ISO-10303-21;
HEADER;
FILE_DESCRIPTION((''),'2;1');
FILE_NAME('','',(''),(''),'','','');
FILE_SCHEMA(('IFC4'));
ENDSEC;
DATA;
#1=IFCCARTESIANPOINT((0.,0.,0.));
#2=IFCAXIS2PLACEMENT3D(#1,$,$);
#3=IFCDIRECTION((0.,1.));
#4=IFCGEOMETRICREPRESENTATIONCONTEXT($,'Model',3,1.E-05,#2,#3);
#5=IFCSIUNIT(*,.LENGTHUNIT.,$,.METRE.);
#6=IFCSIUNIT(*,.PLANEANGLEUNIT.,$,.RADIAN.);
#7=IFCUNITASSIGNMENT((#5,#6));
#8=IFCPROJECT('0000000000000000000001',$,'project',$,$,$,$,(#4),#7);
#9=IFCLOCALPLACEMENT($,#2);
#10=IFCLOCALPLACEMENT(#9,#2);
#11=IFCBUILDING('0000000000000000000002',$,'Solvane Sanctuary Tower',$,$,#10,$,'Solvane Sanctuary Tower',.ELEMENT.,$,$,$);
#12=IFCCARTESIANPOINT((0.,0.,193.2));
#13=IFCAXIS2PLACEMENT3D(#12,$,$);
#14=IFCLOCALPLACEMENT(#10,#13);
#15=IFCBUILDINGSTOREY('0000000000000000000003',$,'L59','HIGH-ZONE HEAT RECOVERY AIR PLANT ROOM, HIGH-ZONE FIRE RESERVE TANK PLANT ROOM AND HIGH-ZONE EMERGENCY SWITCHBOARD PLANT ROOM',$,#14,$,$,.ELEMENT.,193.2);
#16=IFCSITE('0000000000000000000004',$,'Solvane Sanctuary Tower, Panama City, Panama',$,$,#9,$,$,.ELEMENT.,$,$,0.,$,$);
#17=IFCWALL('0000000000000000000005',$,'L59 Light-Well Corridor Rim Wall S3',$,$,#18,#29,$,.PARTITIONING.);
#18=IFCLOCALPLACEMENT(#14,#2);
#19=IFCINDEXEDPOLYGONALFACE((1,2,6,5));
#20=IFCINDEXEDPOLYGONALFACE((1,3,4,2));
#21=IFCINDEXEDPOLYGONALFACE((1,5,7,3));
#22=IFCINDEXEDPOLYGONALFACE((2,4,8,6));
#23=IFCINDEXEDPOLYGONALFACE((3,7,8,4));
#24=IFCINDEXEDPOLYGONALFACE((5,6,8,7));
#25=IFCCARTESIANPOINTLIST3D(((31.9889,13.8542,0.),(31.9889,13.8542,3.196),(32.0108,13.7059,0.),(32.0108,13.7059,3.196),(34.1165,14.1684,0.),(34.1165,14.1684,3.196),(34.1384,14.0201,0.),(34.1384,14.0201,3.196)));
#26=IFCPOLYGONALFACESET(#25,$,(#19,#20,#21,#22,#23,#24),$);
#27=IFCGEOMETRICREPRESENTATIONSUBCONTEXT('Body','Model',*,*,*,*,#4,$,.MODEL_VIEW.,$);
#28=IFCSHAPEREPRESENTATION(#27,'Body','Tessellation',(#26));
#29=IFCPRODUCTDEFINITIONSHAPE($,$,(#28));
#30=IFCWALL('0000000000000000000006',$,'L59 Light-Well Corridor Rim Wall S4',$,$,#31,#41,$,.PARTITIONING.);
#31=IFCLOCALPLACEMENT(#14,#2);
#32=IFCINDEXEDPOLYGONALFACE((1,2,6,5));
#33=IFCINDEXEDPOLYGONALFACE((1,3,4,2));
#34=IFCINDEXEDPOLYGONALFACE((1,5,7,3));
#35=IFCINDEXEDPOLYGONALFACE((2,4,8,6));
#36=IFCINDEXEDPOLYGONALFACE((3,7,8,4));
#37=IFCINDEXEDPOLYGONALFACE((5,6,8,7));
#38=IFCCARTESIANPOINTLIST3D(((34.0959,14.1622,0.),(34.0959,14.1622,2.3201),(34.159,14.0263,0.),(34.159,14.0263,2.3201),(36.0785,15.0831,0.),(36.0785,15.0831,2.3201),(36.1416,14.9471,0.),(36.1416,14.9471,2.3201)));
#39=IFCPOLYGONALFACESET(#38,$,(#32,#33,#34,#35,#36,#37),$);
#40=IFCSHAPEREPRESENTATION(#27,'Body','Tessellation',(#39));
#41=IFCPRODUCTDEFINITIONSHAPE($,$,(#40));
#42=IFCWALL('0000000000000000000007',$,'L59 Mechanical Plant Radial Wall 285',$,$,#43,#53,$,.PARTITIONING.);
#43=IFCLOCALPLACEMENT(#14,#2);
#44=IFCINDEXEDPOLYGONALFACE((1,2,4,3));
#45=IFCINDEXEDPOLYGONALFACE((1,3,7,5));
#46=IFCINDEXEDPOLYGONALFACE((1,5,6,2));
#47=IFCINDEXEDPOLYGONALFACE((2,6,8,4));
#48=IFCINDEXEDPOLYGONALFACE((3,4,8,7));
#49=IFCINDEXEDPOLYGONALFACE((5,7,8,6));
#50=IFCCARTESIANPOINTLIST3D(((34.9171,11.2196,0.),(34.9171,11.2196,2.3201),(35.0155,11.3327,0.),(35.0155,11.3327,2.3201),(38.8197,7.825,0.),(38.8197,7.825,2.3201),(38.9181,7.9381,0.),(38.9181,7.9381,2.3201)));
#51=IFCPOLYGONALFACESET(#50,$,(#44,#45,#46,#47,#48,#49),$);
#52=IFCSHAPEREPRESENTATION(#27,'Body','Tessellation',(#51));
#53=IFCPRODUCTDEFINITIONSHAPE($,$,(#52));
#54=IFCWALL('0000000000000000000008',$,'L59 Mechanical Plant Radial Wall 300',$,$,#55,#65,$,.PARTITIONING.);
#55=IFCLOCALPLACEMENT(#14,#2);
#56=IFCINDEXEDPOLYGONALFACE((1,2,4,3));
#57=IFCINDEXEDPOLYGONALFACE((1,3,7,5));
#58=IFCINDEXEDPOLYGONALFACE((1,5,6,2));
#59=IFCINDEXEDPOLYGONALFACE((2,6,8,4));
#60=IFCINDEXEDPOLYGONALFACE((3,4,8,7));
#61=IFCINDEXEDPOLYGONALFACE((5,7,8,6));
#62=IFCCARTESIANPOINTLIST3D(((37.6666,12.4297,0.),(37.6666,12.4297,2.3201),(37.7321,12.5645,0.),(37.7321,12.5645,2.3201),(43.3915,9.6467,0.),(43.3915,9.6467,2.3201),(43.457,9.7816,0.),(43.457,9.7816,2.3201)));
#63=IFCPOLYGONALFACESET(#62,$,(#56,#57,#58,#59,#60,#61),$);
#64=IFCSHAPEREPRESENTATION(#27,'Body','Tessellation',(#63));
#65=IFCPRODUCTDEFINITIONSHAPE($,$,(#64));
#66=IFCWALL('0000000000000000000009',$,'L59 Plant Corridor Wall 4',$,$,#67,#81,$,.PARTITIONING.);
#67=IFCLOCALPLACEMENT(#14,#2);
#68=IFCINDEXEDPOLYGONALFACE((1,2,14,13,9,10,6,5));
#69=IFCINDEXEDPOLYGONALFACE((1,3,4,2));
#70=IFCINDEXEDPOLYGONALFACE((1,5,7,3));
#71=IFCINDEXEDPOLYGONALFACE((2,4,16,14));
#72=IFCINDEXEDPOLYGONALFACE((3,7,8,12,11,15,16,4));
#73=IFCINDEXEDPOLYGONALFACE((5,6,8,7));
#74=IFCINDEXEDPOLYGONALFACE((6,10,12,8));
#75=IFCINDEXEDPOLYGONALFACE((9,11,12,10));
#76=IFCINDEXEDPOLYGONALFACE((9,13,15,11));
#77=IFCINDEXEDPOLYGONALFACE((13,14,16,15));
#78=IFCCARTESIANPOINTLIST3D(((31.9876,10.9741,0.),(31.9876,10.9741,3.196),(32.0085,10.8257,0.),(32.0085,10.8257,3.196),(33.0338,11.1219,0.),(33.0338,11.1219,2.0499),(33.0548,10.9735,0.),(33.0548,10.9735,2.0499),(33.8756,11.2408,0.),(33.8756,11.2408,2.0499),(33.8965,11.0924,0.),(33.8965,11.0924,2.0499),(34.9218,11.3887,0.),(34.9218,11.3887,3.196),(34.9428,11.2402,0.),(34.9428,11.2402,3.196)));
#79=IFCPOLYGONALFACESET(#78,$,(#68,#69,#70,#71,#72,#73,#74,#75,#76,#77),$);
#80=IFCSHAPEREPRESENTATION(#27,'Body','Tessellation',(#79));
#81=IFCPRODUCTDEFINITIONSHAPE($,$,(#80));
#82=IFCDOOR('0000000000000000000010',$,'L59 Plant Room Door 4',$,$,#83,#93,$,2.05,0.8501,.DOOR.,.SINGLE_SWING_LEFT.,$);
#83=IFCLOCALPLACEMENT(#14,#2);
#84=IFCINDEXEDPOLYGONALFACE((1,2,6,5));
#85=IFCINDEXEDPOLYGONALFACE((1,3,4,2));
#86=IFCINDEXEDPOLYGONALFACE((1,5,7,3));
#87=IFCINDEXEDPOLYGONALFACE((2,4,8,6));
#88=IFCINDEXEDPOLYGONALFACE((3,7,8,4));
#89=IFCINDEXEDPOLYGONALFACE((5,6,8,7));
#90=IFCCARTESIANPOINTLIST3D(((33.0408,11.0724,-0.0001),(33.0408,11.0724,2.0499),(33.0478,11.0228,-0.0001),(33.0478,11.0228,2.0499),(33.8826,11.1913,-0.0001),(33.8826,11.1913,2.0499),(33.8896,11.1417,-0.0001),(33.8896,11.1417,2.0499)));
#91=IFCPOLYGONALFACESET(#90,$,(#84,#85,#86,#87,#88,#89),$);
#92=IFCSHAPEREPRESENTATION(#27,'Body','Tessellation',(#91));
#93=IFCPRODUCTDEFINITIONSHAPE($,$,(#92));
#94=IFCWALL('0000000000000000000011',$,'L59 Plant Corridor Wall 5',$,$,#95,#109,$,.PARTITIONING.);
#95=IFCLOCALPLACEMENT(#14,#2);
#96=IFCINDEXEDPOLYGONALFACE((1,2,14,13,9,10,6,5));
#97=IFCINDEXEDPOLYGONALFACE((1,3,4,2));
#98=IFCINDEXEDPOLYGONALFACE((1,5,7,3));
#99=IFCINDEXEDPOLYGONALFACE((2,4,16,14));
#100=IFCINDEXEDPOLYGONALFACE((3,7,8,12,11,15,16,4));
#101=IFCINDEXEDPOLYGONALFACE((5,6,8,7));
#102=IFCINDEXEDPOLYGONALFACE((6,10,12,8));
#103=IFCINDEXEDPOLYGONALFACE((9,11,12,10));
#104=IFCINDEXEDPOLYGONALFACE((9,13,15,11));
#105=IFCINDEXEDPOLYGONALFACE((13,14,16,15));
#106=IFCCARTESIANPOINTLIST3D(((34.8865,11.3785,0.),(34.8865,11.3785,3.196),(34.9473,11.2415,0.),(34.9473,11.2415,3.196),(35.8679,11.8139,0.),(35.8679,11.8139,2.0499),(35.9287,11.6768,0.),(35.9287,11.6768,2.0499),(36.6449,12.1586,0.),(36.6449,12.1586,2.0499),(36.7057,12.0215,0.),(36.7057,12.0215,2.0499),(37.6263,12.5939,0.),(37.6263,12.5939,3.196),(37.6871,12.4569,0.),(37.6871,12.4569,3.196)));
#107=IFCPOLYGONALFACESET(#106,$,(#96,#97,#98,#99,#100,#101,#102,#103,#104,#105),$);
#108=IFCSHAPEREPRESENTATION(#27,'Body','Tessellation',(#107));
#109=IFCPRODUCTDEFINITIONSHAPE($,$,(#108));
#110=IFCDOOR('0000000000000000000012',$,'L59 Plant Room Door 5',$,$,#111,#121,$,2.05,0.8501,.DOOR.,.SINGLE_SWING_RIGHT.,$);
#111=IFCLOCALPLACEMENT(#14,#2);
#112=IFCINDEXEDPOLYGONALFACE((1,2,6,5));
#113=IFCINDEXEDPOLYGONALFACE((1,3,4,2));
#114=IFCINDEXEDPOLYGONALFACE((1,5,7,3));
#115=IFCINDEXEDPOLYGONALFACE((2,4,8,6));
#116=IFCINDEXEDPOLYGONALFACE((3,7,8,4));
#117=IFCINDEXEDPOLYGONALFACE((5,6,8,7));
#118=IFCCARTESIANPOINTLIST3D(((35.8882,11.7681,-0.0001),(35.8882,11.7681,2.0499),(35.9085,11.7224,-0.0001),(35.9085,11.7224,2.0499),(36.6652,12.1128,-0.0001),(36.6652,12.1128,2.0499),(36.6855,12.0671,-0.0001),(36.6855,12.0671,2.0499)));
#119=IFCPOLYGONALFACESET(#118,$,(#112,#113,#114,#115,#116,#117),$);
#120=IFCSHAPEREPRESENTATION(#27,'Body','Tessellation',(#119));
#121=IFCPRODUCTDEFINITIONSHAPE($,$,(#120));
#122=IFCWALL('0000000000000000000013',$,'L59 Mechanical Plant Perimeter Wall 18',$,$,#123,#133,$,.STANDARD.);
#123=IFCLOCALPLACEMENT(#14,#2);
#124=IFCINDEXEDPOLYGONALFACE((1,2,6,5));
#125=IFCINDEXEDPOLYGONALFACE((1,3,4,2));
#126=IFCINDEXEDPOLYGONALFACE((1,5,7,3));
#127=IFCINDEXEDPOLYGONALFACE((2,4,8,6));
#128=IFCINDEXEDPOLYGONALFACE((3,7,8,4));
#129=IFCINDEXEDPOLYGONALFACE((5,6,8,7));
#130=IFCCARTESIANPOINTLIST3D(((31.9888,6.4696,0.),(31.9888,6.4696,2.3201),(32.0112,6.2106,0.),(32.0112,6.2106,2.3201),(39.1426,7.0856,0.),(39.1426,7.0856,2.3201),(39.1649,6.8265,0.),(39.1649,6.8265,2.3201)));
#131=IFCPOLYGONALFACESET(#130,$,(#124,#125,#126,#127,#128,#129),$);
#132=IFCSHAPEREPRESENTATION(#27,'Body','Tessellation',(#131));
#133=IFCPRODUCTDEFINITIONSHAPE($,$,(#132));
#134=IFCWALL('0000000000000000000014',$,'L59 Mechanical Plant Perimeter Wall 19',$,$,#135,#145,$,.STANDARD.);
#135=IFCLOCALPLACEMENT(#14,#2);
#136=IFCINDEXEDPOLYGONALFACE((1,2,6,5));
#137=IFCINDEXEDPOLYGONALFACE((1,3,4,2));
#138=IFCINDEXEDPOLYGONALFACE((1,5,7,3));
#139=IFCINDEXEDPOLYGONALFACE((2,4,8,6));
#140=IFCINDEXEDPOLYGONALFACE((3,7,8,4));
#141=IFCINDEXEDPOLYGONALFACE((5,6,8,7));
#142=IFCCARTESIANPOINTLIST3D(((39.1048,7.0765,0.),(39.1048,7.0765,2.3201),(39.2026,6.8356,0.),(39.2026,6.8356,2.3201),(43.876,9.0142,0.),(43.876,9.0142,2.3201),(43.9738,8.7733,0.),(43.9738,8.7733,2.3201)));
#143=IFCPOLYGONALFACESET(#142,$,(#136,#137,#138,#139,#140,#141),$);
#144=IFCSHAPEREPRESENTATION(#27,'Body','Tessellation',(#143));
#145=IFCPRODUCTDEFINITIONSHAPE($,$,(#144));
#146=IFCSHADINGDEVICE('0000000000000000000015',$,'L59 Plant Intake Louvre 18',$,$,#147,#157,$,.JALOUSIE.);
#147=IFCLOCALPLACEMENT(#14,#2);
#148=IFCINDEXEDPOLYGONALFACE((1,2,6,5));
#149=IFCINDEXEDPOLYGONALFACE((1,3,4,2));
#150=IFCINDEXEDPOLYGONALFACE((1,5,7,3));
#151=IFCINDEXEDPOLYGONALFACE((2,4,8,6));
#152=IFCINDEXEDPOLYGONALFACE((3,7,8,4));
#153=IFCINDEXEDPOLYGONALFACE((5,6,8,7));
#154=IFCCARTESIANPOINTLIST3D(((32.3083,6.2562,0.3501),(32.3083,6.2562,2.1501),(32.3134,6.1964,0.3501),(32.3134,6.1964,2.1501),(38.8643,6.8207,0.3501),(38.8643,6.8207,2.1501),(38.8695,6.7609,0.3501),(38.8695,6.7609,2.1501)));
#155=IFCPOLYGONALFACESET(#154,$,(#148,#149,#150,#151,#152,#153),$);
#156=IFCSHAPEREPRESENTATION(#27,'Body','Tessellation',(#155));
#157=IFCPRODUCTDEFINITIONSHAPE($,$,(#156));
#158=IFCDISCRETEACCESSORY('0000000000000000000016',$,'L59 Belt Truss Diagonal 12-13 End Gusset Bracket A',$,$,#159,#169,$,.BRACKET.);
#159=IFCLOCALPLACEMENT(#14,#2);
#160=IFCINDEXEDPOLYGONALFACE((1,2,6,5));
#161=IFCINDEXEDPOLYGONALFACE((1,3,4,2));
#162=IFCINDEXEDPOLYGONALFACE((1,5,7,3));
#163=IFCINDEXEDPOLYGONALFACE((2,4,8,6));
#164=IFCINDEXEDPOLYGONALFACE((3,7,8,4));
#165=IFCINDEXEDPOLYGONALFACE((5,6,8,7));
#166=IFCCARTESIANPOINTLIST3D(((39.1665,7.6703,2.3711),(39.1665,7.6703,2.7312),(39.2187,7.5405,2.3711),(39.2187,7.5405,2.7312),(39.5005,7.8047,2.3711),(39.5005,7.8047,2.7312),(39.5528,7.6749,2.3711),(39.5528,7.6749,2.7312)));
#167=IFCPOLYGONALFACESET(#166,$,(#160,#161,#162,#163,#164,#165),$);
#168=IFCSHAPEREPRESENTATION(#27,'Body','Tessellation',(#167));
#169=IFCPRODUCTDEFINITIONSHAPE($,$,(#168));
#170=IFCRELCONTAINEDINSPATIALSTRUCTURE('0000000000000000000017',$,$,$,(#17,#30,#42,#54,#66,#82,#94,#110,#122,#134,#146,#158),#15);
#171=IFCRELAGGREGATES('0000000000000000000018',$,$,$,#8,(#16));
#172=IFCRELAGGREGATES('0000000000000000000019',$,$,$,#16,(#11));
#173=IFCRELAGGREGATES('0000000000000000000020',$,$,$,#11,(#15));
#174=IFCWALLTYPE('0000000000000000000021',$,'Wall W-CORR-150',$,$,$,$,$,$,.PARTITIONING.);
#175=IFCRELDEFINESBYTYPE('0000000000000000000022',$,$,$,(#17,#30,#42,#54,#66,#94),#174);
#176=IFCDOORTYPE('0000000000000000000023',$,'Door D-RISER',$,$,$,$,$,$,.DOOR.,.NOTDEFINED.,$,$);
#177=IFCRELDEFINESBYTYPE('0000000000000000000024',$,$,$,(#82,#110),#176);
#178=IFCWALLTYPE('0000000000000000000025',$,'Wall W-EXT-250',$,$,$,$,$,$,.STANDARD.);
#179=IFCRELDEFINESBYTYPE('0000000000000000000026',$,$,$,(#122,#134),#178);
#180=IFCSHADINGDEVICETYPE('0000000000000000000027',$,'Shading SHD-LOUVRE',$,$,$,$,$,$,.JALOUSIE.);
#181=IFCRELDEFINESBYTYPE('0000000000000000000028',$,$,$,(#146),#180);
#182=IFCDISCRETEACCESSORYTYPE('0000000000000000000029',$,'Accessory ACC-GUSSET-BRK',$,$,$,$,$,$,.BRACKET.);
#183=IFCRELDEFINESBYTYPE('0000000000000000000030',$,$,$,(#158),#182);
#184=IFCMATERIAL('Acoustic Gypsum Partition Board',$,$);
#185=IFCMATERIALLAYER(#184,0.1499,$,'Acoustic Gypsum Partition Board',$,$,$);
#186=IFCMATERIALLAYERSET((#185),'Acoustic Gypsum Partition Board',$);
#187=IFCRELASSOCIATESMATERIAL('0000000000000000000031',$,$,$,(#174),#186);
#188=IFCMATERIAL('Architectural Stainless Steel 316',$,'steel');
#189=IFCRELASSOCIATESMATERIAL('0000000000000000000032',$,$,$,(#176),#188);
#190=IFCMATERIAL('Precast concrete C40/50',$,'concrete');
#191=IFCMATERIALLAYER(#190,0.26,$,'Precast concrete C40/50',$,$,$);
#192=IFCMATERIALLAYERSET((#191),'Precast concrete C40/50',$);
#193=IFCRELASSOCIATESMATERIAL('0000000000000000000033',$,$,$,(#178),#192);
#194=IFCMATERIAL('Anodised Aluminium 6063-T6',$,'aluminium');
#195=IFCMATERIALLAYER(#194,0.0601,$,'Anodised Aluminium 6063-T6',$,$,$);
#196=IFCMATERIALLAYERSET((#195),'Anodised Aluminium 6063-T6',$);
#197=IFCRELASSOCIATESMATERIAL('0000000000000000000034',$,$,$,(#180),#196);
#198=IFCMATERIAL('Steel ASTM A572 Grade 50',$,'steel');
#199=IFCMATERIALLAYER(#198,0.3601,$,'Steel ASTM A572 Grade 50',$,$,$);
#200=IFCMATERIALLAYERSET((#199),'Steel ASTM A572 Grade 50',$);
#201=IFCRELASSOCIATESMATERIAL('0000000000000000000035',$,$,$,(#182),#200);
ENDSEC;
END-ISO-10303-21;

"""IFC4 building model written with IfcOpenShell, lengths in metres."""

from ifc_helpers import new_model, si_unit, direction, frame, frame_2d, origin, origin_2d, place, context, subcontext, project, spatial, rectangle, extrude, material, layer, layer_set, type_object, element, fill, save


model = new_model("IFC4")

# Units and contexts
model_context = context("Model", 3, precision=1e-05, world=origin(), true_north=direction((0.0, 1.0)))
body_context = subcontext(model_context, "Body", "Model", "MODEL_VIEW")
ifc_project = project(units=[si_unit("LENGTHUNIT", "METRE"), si_unit("PLANEANGLEUNIT", "RADIAN")], contexts=[model_context])

# Site, building, storey
site_placement = place(None, origin())
site = spatial("IfcSite", under=ifc_project, at=site_placement, Name="Solvane Sanctuary Tower, Panama City, Panama", CompositionType="ELEMENT", RefElevation=0.0)
building_placement = place(site_placement, origin())
building = spatial("IfcBuilding", under=site, at=building_placement, Name="Solvane Sanctuary Tower", LongName="Solvane Sanctuary Tower", CompositionType="ELEMENT")
storey_placement = place(building_placement, frame((0.0, 0.0, 193.2)))
storey = spatial("IfcBuildingStorey", under=building, at=storey_placement, Name="L59", Description="HIGH-ZONE HEAT RECOVERY AIR PLANT ROOM, HIGH-ZONE FIRE RESERVE TANK PLANT ROOM AND HIGH-ZONE EMERGENCY SWITCHBOARD PLANT ROOM", CompositionType="ELEMENT", Elevation=193.2)

# Walls
ifc_material_1 = material(Name="Acoustic Gypsum Partition Board")
ifc_layer_1 = layer(ifc_material_1, 0.1499, Name="Acoustic Gypsum Partition Board")
ifc_layer_set_1 = layer_set([ifc_layer_1], Name="Acoustic Gypsum Partition Board")
wall_type_1 = type_object("IfcWallType", Name="Wall W-CORR-150", PredefinedType="PARTITIONING", material=ifc_layer_set_1)
wall_1_placement = place(storey_placement, frame((32.0, 13.78, 0.0), z_axis=(0.0, 0.0, 1.0), x_axis=(0.989269, 0.146108, 0.0)))
element("IfcWall", 1, at=wall_1_placement, inside=storey, type_object=wall_type_1, Name="L59 Light-Well Corridor Rim Wall S3", PredefinedType="PARTITIONING", context=body_context, shape_type="SweptSolid", body=[
    extrude(rectangle(XDim=2.1506, YDim=0.1499, at=frame_2d((1.0752, 0.0))), origin(), (0.0, 0.0, 1.0), 3.196),
])
wall_2_placement = place(storey_placement, frame((34.1274, 14.0942, 0.0), z_axis=(0.0, 0.0, 1.0), x_axis=(0.906943, 0.421252, 0.0)))
element("IfcWall", 2, at=wall_2_placement, inside=storey, type_object=wall_type_1, Name="L59 Light-Well Corridor Rim Wall S4", PredefinedType="PARTITIONING", context=body_context, shape_type="SweptSolid", body=[
    extrude(rectangle(XDim=2.186, YDim=0.1499, at=frame_2d((1.093, 0.0))), origin(), (0.0, 0.0, 1.0), 2.3201),
])
wall_3_placement = place(storey_placement, frame((34.9663, 11.2761, 0.0), z_axis=(0.0, 0.0, 1.0), x_axis=(0.754512, -0.656286, 0.0)))
element("IfcWall", 3, at=wall_3_placement, inside=storey, type_object=wall_type_1, Name="L59 Mechanical Plant Radial Wall 285", PredefinedType="PARTITIONING", context=body_context, shape_type="SweptSolid", body=[
    extrude(rectangle(XDim=5.1724, YDim=0.1499, at=frame_2d((2.5862, 0.0))), origin(), (0.0, 0.0, 1.0), 2.3201),
])
wall_4_placement = place(storey_placement, frame((37.6995, 12.4971, 0.0), z_axis=(0.0, 0.0, 1.0), x_axis=(0.899365, -0.437198, 0.0)))
element("IfcWall", 4, at=wall_4_placement, inside=storey, type_object=wall_type_1, Name="L59 Mechanical Plant Radial Wall 300", PredefinedType="PARTITIONING", context=body_context, shape_type="SweptSolid", body=[
    extrude(rectangle(XDim=6.3655, YDim=0.1499, at=frame_2d((3.1826, 0.0))), origin(), (0.0, 0.0, 1.0), 2.3201),
])

# Walls, openings, doors
wall_5_placement = place(storey_placement, frame((31.998, 10.8999, 0.0), z_axis=(0.0, 0.0, 1.0), x_axis=(0.990167, 0.139887, 0.0)))
wall_5 = element("IfcWall", 5, at=wall_5_placement, inside=storey, type_object=wall_type_1, Name="L59 Plant Corridor Wall 4", PredefinedType="PARTITIONING", context=body_context, shape_type="SweptSolid", body=[
    extrude(rectangle(XDim=2.9634, YDim=0.1499, at=frame_2d((1.4817, 0.0))), origin(), (0.0, 0.0, 1.0), 3.196),
])
opening_1_placement = place(wall_5_placement, frame((1.0566, 0.0, 0.0)))
opening_1 = element("IfcOpeningElement", 6, at=opening_1_placement, cuts=wall_5, PredefinedType="OPENING", context=body_context, shape_type="SweptSolid", body=[
    extrude(rectangle(XDim=0.8501, YDim=2.05, at=frame_2d((0.425, 1.0249))), frame((0.0, 0.085, 0.0), z_axis=(0.0, -1.0, 0.0), x_axis=(1.0, 0.0, 0.0)), (0.0, 0.0, 1.0), 0.1699),
])
ifc_material_2 = material(Name="Architectural Stainless Steel 316", Category="steel")
door_type = type_object("IfcDoorType", Name="Door D-RISER", OperationType="NOTDEFINED", PredefinedType="DOOR", material=ifc_material_2)
door_1_placement = place(opening_1_placement, origin())
door_1 = element("IfcDoor", 7, at=door_1_placement, inside=storey, type_object=door_type, Name="L59 Plant Room Door 4", OperationType="SINGLE_SWING_LEFT", OverallHeight=2.05, OverallWidth=0.8501, PredefinedType="DOOR", context=body_context, shape_type="SweptSolid", body=[
    extrude(rectangle(XDim=0.8501, YDim=2.05, at=frame_2d((0.425, 1.0249))), frame((0.0, 0.0249, 0.0), z_axis=(0.0, -1.0, 0.0), x_axis=(1.0, 0.0, 0.0)), (0.0, 0.0, 1.0), 0.05),
])
fill(opening_1, door_1)
wall_6_placement = place(storey_placement, frame((34.917, 11.3101, 0.0), z_axis=(0.0, 0.0, 1.0), x_axis=(0.9141, 0.405488, 0.0)))
wall_6 = element("IfcWall", 8, at=wall_6_placement, inside=storey, type_object=wall_type_1, Name="L59 Plant Corridor Wall 5", PredefinedType="PARTITIONING", context=body_context, shape_type="SweptSolid", body=[
    extrude(rectangle(XDim=2.9973, YDim=0.1499, at=frame_2d((1.4985, 0.0))), origin(), (0.0, 0.0, 1.0), 3.196),
])
opening_2_placement = place(wall_6_placement, frame((1.0735, 0.0, 0.0)))
opening_2 = element("IfcOpeningElement", 9, at=opening_2_placement, cuts=wall_6, PredefinedType="OPENING", context=body_context, shape_type="SweptSolid", body=[
    extrude(rectangle(XDim=0.8501, YDim=2.05, at=frame_2d((0.425, 1.0249))), frame((0.0, 0.085, 0.0), z_axis=(0.0, -1.0, 0.0), x_axis=(1.0, 0.0, 0.0)), (0.0, 0.0, 1.0), 0.1699),
])
door_2_placement = place(opening_2_placement, origin())
door_2 = element("IfcDoor", 10, at=door_2_placement, inside=storey, type_object=door_type, Name="L59 Plant Room Door 5", OperationType="SINGLE_SWING_RIGHT", OverallHeight=2.05, OverallWidth=0.8501, PredefinedType="DOOR", context=body_context, shape_type="SweptSolid", body=[
    extrude(rectangle(XDim=0.8501, YDim=2.05, at=frame_2d((0.425, 1.0249))), frame((0.0, 0.0249, 0.0), z_axis=(0.0, -1.0, 0.0), x_axis=(1.0, 0.0, 0.0)), (0.0, 0.0, 1.0), 0.05),
])
fill(opening_2, door_2)

# Walls
ifc_material_3 = material(Name="Precast concrete C40/50", Category="concrete")
ifc_layer_2 = layer(ifc_material_3, 0.26, Name="Precast concrete C40/50")
ifc_layer_set_2 = layer_set([ifc_layer_2], Name="Precast concrete C40/50")
wall_type_2 = type_object("IfcWallType", Name="Wall W-EXT-250", PredefinedType="STANDARD", material=ifc_layer_set_2)
wall_7_placement = place(storey_placement, frame((32.0, 6.3401, 0.0), z_axis=(0.0, 0.0, 1.0), x_axis=(0.996314, 0.085786, 0.0)))
element("IfcWall", 11, at=wall_7_placement, inside=storey, type_object=wall_type_2, Name="L59 Mechanical Plant Perimeter Wall 18", PredefinedType="STANDARD", context=body_context, shape_type="SweptSolid", body=[
    extrude(rectangle(XDim=7.1802, YDim=0.26, at=frame_2d((3.5901, 0.0))), origin(), (0.0, 0.0, 1.0), 2.3201),
])
wall_8_placement = place(storey_placement, frame((39.1538, 6.9561, 0.0), z_axis=(0.0, 0.0, 1.0), x_axis=(0.926505, 0.376282, 0.0)))
element("IfcWall", 12, at=wall_8_placement, inside=storey, type_object=wall_type_2, Name="L59 Mechanical Plant Perimeter Wall 19", PredefinedType="STANDARD", context=body_context, shape_type="SweptSolid", body=[
    extrude(rectangle(XDim=5.1497, YDim=0.26, at=frame_2d((2.5747, 0.0))), origin(), (0.0, 0.0, 1.0), 2.3201),
])

# Shading device
ifc_material_4 = material(Name="Anodised Aluminium 6063-T6", Category="aluminium")
ifc_layer_3 = layer(ifc_material_4, 0.0601, Name="Anodised Aluminium 6063-T6")
ifc_layer_set_3 = layer_set([ifc_layer_3], Name="Anodised Aluminium 6063-T6")
shading_device_type = type_object("IfcShadingDeviceType", Name="Shading SHD-LOUVRE", PredefinedType="JALOUSIE", material=ifc_layer_set_3)
shading_device_placement = place(storey_placement, frame((35.5889, 6.5085, 0.3501), z_axis=(0.0, 0.0, 1.0), x_axis=(0.996313, 0.085791, 0.0)))
element("IfcShadingDevice", 13, at=shading_device_placement, inside=storey, type_object=shading_device_type, Name="L59 Plant Intake Louvre 18", PredefinedType="JALOUSIE", context=body_context, shape_type="SweptSolid", body=[
    extrude(rectangle(XDim=6.5803, YDim=0.0601, at=origin_2d()), origin(), (0.0, 0.0, 1.0), 1.8),
])

# Discrete accessory
ifc_material_5 = material(Name="Steel ASTM A572 Grade 50", Category="steel")
ifc_layer_4 = layer(ifc_material_5, 0.3601, Name="Steel ASTM A572 Grade 50")
ifc_layer_set_4 = layer_set([ifc_layer_4], Name="Steel ASTM A572 Grade 50")
discrete_accessory_type = type_object("IfcDiscreteAccessoryType", Name="Accessory ACC-GUSSET-BRK", PredefinedType="BRACKET", material=ifc_layer_set_4)
discrete_accessory_placement = place(storey_placement, frame((39.3596, 7.6726, 2.3711), z_axis=(0.0, 0.0, 1.0), x_axis=(0.927706, 0.373312, 0.0)))
element("IfcDiscreteAccessory", 14, at=discrete_accessory_placement, inside=storey, type_object=discrete_accessory_type, Name="L59 Belt Truss Diagonal 12-13 End Gusset Bracket A", PredefinedType="BRACKET", context=body_context, shape_type="SweptSolid", body=[
    extrude(rectangle(XDim=0.3601, YDim=0.1399, at=origin_2d()), origin(), (0.0, 0.0, 1.0), 0.3601),
])

save(model, "model.ifc")
